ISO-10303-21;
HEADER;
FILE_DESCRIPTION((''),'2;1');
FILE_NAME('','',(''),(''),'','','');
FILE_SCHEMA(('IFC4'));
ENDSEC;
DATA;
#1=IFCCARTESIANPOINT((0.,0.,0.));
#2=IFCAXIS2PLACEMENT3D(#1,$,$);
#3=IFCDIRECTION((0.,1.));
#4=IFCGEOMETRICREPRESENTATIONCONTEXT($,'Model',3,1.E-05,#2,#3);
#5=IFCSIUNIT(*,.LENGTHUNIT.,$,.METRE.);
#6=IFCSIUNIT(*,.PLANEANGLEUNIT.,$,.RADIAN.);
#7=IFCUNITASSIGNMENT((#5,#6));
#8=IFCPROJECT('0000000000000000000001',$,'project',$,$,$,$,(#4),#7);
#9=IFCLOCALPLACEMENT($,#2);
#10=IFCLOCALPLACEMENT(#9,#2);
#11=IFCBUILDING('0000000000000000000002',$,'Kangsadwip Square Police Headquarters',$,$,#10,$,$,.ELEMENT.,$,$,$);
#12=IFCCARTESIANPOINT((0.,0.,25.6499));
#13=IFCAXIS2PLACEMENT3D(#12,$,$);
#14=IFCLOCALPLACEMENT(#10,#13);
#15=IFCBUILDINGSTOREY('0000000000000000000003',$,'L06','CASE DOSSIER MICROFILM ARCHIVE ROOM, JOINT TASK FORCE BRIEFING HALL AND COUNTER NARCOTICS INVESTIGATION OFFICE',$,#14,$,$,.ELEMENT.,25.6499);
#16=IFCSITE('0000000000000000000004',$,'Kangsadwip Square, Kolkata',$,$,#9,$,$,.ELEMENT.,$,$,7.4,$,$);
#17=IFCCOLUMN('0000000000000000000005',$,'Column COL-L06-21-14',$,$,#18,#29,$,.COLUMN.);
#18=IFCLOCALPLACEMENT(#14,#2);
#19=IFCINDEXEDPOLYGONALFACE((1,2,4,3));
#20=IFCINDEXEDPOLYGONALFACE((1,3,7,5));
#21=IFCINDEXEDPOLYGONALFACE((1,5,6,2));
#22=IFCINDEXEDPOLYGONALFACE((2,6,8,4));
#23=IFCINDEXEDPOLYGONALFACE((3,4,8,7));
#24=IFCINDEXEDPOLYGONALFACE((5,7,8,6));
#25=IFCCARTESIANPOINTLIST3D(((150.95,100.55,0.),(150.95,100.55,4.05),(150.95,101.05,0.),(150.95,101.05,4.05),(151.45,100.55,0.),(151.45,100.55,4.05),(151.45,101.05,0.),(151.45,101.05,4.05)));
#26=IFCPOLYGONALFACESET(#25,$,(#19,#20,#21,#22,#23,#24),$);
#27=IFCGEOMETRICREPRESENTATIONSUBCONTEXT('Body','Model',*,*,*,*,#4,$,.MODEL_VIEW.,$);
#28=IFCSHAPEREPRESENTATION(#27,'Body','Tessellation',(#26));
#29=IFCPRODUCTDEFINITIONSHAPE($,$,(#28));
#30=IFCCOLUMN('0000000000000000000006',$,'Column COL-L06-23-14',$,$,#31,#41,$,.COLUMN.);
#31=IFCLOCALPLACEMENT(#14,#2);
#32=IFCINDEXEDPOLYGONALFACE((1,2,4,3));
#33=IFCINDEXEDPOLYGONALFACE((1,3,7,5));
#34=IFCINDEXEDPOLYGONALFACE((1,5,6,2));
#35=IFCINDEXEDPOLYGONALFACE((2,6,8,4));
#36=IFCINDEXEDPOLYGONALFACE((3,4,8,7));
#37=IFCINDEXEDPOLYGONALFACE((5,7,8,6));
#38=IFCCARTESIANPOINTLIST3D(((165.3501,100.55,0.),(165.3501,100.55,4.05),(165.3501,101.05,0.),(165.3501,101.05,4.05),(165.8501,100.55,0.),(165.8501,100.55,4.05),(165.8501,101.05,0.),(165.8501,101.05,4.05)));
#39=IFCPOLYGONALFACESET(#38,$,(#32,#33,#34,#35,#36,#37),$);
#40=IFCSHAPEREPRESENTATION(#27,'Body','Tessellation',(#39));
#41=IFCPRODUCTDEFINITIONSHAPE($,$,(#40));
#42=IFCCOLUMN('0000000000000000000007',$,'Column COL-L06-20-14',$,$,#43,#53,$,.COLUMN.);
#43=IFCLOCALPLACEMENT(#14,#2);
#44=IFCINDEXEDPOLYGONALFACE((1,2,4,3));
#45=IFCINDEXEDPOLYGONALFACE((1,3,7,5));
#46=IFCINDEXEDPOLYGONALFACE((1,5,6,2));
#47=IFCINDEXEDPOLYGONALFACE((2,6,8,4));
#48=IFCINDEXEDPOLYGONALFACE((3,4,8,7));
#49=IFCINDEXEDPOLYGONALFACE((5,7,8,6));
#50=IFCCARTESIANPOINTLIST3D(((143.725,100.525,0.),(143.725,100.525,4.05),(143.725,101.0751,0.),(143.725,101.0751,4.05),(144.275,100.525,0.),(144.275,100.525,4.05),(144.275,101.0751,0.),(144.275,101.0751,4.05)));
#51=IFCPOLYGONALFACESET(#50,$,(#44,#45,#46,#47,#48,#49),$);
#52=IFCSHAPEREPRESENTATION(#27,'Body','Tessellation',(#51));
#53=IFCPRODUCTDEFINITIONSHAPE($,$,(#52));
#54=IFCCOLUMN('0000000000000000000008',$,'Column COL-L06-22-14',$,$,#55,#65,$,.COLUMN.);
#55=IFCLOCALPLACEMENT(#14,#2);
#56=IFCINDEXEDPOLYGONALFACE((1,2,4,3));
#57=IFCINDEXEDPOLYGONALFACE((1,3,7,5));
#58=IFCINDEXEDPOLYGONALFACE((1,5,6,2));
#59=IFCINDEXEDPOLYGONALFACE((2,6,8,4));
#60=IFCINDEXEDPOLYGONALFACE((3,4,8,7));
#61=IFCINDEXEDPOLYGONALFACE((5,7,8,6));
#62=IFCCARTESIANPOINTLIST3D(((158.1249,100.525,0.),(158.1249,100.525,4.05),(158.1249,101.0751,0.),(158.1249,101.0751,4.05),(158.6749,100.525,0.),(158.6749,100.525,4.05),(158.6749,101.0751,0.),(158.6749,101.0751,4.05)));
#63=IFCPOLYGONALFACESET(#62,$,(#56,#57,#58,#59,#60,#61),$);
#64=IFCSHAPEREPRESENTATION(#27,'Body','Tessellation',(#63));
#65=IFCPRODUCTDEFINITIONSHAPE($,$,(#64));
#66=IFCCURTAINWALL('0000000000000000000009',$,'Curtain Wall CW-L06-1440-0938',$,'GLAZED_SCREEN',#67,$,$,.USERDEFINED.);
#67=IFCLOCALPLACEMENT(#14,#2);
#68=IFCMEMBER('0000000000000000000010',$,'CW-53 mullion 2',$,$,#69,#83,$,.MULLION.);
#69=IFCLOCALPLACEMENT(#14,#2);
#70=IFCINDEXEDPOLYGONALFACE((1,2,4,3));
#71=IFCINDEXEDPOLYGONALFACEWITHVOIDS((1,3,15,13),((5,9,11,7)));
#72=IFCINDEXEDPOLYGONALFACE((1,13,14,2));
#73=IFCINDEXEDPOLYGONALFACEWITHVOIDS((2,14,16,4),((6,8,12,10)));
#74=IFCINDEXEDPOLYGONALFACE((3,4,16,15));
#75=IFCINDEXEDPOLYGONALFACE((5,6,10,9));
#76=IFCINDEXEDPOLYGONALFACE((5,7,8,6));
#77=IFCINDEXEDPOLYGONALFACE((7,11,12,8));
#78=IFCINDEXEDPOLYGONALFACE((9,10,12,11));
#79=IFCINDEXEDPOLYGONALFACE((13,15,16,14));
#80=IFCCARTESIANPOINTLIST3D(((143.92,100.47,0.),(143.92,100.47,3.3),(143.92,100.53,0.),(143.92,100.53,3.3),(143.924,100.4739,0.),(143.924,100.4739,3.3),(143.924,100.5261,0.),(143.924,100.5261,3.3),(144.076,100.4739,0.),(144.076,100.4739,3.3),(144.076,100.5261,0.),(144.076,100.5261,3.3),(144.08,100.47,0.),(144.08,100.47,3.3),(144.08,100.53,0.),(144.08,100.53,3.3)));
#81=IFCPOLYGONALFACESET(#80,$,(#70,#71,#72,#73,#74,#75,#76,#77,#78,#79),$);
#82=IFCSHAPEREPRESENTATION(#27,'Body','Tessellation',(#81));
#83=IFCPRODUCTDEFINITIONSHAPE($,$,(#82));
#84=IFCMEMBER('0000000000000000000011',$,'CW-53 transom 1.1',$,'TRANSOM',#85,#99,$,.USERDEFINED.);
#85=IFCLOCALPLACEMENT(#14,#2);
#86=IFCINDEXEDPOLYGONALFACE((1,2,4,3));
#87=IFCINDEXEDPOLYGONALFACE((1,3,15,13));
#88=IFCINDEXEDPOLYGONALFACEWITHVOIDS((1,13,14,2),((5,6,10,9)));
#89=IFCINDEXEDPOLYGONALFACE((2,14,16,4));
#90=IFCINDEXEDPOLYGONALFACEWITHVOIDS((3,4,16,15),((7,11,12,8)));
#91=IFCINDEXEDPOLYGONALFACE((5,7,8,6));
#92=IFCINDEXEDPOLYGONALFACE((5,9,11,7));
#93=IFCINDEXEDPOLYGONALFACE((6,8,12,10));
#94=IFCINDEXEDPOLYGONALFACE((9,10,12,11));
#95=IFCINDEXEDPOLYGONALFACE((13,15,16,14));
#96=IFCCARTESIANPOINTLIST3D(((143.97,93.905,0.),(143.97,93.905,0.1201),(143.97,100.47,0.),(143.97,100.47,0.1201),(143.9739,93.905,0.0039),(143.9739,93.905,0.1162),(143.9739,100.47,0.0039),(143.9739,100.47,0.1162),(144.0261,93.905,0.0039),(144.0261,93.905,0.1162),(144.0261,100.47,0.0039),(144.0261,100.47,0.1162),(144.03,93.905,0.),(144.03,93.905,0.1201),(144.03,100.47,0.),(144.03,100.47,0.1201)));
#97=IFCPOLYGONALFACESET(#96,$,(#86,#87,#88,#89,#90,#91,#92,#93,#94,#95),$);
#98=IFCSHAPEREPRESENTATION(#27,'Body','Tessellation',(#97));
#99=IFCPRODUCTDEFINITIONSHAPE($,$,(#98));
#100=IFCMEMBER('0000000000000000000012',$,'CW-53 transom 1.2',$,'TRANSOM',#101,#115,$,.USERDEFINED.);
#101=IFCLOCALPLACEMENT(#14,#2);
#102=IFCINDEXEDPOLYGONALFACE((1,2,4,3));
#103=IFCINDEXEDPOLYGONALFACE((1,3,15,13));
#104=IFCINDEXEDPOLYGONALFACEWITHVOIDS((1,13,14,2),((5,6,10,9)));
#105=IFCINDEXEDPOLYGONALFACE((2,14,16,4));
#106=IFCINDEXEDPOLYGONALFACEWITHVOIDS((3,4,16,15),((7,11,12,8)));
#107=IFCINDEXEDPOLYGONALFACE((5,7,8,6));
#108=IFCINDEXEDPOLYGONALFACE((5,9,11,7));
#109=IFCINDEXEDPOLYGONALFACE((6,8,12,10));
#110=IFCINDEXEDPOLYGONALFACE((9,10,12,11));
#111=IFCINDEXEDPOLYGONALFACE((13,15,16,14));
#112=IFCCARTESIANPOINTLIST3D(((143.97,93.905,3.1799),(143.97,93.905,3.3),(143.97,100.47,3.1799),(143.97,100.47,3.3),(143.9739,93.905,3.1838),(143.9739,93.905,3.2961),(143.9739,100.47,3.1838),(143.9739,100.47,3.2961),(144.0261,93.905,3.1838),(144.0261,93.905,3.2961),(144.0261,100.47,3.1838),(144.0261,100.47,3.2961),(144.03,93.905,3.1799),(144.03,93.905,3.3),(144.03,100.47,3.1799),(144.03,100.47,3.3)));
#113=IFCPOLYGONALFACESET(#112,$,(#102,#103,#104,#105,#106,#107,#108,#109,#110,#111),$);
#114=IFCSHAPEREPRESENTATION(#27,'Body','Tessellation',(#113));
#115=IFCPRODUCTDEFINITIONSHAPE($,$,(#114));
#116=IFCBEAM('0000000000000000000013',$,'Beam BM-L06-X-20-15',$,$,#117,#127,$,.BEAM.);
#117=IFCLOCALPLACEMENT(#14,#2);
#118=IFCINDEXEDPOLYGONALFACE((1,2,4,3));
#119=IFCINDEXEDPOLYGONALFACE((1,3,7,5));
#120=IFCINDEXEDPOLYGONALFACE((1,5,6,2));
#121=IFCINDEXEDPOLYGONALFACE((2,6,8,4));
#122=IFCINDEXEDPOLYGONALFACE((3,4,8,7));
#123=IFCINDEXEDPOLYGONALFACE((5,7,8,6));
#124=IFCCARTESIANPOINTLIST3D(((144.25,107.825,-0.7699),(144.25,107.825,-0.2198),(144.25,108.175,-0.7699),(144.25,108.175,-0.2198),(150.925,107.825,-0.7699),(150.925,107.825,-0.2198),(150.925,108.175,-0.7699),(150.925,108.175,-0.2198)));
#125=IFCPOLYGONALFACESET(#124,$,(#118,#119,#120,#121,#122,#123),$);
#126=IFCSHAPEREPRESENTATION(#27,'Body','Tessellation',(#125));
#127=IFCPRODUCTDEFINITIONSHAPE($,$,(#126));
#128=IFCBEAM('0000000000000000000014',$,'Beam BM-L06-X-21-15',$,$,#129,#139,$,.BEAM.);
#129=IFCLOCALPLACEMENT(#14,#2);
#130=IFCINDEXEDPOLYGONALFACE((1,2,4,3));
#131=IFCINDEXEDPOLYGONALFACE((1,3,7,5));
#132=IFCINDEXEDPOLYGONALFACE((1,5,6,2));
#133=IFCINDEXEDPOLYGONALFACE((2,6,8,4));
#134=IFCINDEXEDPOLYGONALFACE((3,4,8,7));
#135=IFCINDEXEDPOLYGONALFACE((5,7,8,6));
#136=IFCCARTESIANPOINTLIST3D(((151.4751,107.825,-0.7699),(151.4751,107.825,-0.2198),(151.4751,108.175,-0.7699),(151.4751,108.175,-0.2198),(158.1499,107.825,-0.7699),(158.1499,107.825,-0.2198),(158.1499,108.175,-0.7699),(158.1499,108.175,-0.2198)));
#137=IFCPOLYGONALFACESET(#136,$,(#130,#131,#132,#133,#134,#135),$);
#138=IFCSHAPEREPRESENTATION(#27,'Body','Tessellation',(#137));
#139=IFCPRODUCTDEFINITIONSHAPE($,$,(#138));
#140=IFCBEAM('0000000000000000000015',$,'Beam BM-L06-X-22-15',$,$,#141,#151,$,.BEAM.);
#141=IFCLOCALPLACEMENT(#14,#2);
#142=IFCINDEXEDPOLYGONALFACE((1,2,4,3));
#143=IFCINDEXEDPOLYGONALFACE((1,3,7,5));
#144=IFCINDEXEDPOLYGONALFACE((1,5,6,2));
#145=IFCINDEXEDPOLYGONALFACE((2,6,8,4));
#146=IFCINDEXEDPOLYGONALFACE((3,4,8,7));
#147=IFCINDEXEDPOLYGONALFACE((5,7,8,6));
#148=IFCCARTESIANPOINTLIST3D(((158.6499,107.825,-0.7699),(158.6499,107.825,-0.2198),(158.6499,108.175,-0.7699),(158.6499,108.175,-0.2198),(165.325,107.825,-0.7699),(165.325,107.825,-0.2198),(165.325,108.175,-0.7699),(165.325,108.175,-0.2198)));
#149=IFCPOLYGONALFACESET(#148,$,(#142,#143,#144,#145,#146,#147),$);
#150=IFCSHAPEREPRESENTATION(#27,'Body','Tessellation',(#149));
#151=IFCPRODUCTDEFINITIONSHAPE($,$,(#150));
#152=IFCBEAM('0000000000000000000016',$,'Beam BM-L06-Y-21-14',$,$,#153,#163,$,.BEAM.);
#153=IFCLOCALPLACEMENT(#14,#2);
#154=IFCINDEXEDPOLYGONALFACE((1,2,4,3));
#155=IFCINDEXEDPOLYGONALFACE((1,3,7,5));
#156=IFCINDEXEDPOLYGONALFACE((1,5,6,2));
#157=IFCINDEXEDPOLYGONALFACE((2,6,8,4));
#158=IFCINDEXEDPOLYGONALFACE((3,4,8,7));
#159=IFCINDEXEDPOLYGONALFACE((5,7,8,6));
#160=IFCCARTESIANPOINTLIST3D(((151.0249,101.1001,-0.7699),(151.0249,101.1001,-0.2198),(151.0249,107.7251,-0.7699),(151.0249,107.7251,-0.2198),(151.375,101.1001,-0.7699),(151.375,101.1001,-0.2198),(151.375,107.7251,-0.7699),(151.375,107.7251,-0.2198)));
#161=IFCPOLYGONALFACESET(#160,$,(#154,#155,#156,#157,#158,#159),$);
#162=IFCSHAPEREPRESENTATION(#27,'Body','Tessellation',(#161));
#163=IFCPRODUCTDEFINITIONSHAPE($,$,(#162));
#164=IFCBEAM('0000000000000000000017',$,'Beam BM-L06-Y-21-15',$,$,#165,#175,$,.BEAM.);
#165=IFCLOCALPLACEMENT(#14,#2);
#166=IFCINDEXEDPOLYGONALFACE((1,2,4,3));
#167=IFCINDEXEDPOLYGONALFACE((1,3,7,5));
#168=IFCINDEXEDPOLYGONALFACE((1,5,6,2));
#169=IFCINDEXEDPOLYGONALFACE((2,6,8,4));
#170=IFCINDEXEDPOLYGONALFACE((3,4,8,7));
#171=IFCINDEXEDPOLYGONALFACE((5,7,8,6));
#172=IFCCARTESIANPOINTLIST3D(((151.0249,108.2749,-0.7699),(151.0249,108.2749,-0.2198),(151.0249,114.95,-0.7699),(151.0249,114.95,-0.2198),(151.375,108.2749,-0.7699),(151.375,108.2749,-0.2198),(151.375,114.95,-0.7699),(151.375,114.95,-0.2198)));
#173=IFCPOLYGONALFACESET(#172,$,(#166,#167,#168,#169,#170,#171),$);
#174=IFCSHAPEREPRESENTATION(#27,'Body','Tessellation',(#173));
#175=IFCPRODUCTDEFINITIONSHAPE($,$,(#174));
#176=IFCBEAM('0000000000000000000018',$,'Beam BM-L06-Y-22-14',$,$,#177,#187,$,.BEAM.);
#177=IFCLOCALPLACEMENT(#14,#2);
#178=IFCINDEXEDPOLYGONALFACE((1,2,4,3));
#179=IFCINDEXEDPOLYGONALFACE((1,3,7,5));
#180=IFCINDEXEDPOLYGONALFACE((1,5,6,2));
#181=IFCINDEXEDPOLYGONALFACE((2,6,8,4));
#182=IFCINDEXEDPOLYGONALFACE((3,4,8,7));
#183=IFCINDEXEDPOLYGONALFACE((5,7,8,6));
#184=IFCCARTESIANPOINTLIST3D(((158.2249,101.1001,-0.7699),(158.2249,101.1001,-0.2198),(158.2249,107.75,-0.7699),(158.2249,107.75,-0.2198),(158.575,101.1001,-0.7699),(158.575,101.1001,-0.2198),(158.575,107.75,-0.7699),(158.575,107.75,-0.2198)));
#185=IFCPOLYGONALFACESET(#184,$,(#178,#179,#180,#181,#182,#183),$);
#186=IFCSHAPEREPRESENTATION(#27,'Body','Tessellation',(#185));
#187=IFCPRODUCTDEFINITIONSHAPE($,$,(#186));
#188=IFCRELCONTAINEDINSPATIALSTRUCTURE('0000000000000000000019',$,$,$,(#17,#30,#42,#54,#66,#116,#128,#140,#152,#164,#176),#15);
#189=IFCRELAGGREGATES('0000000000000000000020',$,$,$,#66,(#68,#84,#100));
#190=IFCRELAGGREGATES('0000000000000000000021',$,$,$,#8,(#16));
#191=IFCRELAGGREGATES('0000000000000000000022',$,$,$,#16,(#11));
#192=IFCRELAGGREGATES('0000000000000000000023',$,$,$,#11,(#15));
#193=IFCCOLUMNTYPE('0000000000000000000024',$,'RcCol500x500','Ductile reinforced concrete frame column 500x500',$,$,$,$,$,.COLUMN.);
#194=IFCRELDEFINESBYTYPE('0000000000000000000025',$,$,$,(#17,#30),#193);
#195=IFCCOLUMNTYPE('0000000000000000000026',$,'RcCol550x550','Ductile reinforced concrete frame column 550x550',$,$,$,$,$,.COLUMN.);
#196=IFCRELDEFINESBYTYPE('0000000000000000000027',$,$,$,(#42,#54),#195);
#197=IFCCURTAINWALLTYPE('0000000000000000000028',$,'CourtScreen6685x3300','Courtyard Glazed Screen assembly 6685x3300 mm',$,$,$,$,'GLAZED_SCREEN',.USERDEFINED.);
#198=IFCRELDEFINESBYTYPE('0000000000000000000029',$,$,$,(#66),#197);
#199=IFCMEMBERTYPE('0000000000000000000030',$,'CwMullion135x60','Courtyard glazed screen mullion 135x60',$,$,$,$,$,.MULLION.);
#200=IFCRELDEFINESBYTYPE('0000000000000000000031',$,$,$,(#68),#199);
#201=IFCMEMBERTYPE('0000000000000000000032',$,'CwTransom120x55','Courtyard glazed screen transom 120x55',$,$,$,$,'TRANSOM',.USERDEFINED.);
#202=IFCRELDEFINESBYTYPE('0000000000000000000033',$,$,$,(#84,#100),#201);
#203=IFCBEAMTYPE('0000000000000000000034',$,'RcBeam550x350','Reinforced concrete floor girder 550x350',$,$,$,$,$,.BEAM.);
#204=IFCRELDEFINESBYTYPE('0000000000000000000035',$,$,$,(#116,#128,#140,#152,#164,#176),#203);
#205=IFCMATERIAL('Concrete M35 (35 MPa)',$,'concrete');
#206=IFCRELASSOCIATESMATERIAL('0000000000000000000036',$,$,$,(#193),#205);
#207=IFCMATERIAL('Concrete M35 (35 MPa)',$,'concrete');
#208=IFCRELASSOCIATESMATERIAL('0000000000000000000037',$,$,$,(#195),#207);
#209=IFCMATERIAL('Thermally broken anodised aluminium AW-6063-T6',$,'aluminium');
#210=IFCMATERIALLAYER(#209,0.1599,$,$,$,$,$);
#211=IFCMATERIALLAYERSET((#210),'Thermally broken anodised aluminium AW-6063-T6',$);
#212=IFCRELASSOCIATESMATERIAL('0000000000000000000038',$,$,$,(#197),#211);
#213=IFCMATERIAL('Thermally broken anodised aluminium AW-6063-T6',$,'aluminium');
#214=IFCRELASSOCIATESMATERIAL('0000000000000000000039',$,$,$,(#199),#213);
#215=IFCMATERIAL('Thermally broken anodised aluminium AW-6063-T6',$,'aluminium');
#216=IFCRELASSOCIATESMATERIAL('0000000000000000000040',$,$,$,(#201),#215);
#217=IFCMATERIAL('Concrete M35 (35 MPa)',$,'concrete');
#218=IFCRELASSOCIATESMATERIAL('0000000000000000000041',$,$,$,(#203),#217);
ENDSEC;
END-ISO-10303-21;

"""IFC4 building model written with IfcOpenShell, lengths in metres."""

from ifc_helpers import new_model, si_unit, direction, frame, origin, origin_2d, place, context, subcontext, project, spatial, rectangle, hollow_rectangle, extrude, material, layer, layer_set, material_profile, profile_set, type_object, element, aggregate, save


model = new_model("IFC4")

# Units and contexts
model_context = context("Model", 3, precision=1e-05, world=origin(), true_north=direction((0.0, 1.0)))
body_context = subcontext(model_context, "Body", "Model", "MODEL_VIEW")
ifc_project = project(units=[si_unit("LENGTHUNIT", "METRE"), si_unit("PLANEANGLEUNIT", "RADIAN")], contexts=[model_context])

# Site, building, storey
site_placement = place(None, origin())
site = spatial("IfcSite", under=ifc_project, at=site_placement, Name="Kangsadwip Square, Kolkata", CompositionType="ELEMENT", RefElevation=7.4)
building_placement = place(site_placement, origin())
building = spatial("IfcBuilding", under=site, at=building_placement, Name="Kangsadwip Square Police Headquarters", CompositionType="ELEMENT")
storey_placement = place(building_placement, frame((0.0, 0.0, 25.6499)))
storey = spatial("IfcBuildingStorey", under=building, at=storey_placement, Name="L06", Description="CASE DOSSIER MICROFILM ARCHIVE ROOM, JOINT TASK FORCE BRIEFING HALL AND COUNTER NARCOTICS INVESTIGATION OFFICE", CompositionType="ELEMENT", Elevation=25.6499)

# Columns
ifc_material_1 = material(Name="Concrete M35 (35 MPa)", Category="concrete")
ifc_material_profile_1 = material_profile(ifc_material_1, rectangle(XDim=0.5, YDim=0.5, at=origin_2d()), Name="RC COL 500X500")
ifc_profile_set_1 = profile_set([ifc_material_profile_1], Name="Concrete M35 (35 MPa)")
column_type_1 = type_object("IfcColumnType", Name="RcCol500x500", Description="Ductile reinforced concrete frame column 500x500", PredefinedType="COLUMN", material=ifc_profile_set_1)
for number, where, z_axis, x_axis, name in (
    (1, (151.2, 100.8, 0.0), (0.0, 0.0, 1.0), (1.0, 0.0, 0.0), "Column COL-L06-21-14"),
    (2, (165.6001, 100.8, 0.0), (0.0, 0.0, 1.0), (1.0, 0.0, 0.0), "Column COL-L06-23-14"),
):
    element("IfcColumn", number, at=place(storey_placement, frame(where, z_axis=z_axis, x_axis=x_axis)), inside=storey, type_object=column_type_1, Name=name, PredefinedType="COLUMN", context=body_context, shape_type="SweptSolid", body=[
        extrude(rectangle(XDim=0.5, YDim=0.5, at=origin_2d()), origin(), (0.0, 0.0, 1.0), 4.05),
    ])
ifc_material_2 = material(Name="Concrete M35 (35 MPa)", Category="concrete")
ifc_material_profile_2 = material_profile(ifc_material_2, rectangle(XDim=0.55, YDim=0.55, at=origin_2d()), Name="RC COL 550X550")
ifc_profile_set_2 = profile_set([ifc_material_profile_2], Name="Concrete M35 (35 MPa)")
column_type_2 = type_object("IfcColumnType", Name="RcCol550x550", Description="Ductile reinforced concrete frame column 550x550", PredefinedType="COLUMN", material=ifc_profile_set_2)
for number, where, z_axis, x_axis, name in (
    (3, (144.0, 100.8, 0.0), (0.0, 0.0, 1.0), (1.0, 0.0, 0.0), "Column COL-L06-20-14"),
    (4, (158.3999, 100.8, 0.0), (0.0, 0.0, 1.0), (1.0, 0.0, 0.0), "Column COL-L06-22-14"),
):
    element("IfcColumn", number, at=place(storey_placement, frame(where, z_axis=z_axis, x_axis=x_axis)), inside=storey, type_object=column_type_2, Name=name, PredefinedType="COLUMN", context=body_context, shape_type="SweptSolid", body=[
        extrude(rectangle(XDim=0.55, YDim=0.55, at=origin_2d()), origin(), (0.0, 0.0, 1.0), 4.05),
    ])

# Curtain wall, members
ifc_material_3 = material(Name="Thermally broken anodised aluminium AW-6063-T6", Category="aluminium")
ifc_layer_1 = layer(ifc_material_3, 0.1599)
ifc_layer_set_1 = layer_set([ifc_layer_1], Name="Thermally broken anodised aluminium AW-6063-T6")
curtain_wall_type = type_object("IfcCurtainWallType", Name="CourtScreen6685x3300", Description="Courtyard Glazed Screen assembly 6685x3300 mm", ElementType="GLAZED_SCREEN", PredefinedType="USERDEFINED", material=ifc_layer_set_1)
curtain_wall_placement = place(storey_placement, origin())
curtain_wall = element("IfcCurtainWall", 5, at=curtain_wall_placement, inside=storey, type_object=curtain_wall_type, Name="Curtain Wall CW-L06-1440-0938", ObjectType="GLAZED_SCREEN", PredefinedType="USERDEFINED")
ifc_material_4 = material(Name="Thermally broken anodised aluminium AW-6063-T6", Category="aluminium")
ifc_material_profile_3 = material_profile(ifc_material_4, hollow_rectangle(XDim=0.0601, YDim=0.1599, WallThickness=0.0039, at=origin_2d()), Name="CWM 160X60X4")
ifc_profile_set_3 = profile_set([ifc_material_profile_3], Name="Thermally broken anodised aluminium AW-6063-T6")
member_type_1 = type_object("IfcMemberType", Name="CwMullion135x60", Description="Courtyard glazed screen mullion 135x60", PredefinedType="MULLION", material=ifc_profile_set_3)
member_1_placement = place(storey_placement, frame((144.0, 100.5, 0.0), z_axis=(0.0, 0.0, 1.0), x_axis=(0.0, 1.0, 0.0)))
member_1 = element("IfcMember", 6, at=member_1_placement, type_object=member_type_1, Name="CW-53 mullion 2", PredefinedType="MULLION", context=body_context, shape_type="SweptSolid", body=[
    extrude(hollow_rectangle(XDim=0.0601, YDim=0.1599, WallThickness=0.0039, at=origin_2d()), origin(), (0.0, 0.0, 1.0), 3.3),
])
ifc_material_5 = material(Name="Thermally broken anodised aluminium AW-6063-T6", Category="aluminium")
ifc_material_profile_4 = material_profile(ifc_material_5, hollow_rectangle(XDim=0.0601, YDim=0.1201, WallThickness=0.0039, at=origin_2d()), Name="CWT 120X60X4")
ifc_profile_set_4 = profile_set([ifc_material_profile_4], Name="Thermally broken anodised aluminium AW-6063-T6")
member_type_2 = type_object("IfcMemberType", Name="CwTransom120x55", Description="Courtyard glazed screen transom 120x55", ElementType="TRANSOM", PredefinedType="USERDEFINED", material=ifc_profile_set_4)
member_2_placement = place(storey_placement, frame((144.0, 93.905, 0.0601), z_axis=(0.0, 1.0, 0.0), x_axis=(-1.0, 0.0, 0.0)))
member_2 = element("IfcMember", 7, at=member_2_placement, type_object=member_type_2, Name="CW-53 transom 1.1", ObjectType="TRANSOM", PredefinedType="USERDEFINED", context=body_context, shape_type="SweptSolid", body=[
    extrude(hollow_rectangle(XDim=0.0601, YDim=0.1201, WallThickness=0.0039, at=origin_2d()), origin(), (0.0, 0.0, 1.0), 6.5649),
])
member_3_placement = place(storey_placement, frame((144.0, 93.905, 3.24), z_axis=(0.0, 1.0, 0.0), x_axis=(-1.0, 0.0, 0.0)))
member_3 = element("IfcMember", 8, at=member_3_placement, type_object=member_type_2, Name="CW-53 transom 1.2", ObjectType="TRANSOM", PredefinedType="USERDEFINED", context=body_context, shape_type="SweptSolid", body=[
    extrude(hollow_rectangle(XDim=0.0601, YDim=0.1201, WallThickness=0.0039, at=origin_2d()), origin(), (0.0, 0.0, 1.0), 6.5649),
])

# Beams
ifc_material_6 = material(Name="Concrete M35 (35 MPa)", Category="concrete")
ifc_material_profile_5 = material_profile(ifc_material_6, rectangle(XDim=0.3501, YDim=0.55, at=origin_2d()), Name="RC BM 550X350")
ifc_profile_set_5 = profile_set([ifc_material_profile_5], Name="Concrete M35 (35 MPa)")
beam_type_1 = type_object("IfcBeamType", Name="RcBeam550x350", Description="Reinforced concrete floor girder 550x350", PredefinedType="BEAM", material=ifc_profile_set_5)
beam_1_placement = place(storey_placement, frame((144.25, 108.0, -0.4949), z_axis=(1.0, 0.0, 0.0), x_axis=(0.0, 1.0, 0.0)))
element("IfcBeam", 9, at=beam_1_placement, inside=storey, type_object=beam_type_1, Name="Beam BM-L06-X-20-15", PredefinedType="BEAM", context=body_context, shape_type="SweptSolid", body=[
    extrude(rectangle(XDim=0.3501, YDim=0.55, at=origin_2d()), origin(), (0.0, 0.0, 1.0), 6.675),
])
beam_2_placement = place(storey_placement, frame((151.4751, 108.0, -0.4949), z_axis=(1.0, 0.0, 0.0), x_axis=(0.0, 1.0, 0.0)))
element("IfcBeam", 10, at=beam_2_placement, inside=storey, type_object=beam_type_1, Name="Beam BM-L06-X-21-15", PredefinedType="BEAM", context=body_context, shape_type="SweptSolid", body=[
    extrude(rectangle(XDim=0.3501, YDim=0.55, at=origin_2d()), origin(), (0.0, 0.0, 1.0), 6.6748),
])
beam_3_placement = place(storey_placement, frame((158.6499, 108.0, -0.4949), z_axis=(1.0, 0.0, 0.0), x_axis=(0.0, 1.0, 0.0)))
element("IfcBeam", 11, at=beam_3_placement, inside=storey, type_object=beam_type_1, Name="Beam BM-L06-X-22-15", PredefinedType="BEAM", context=body_context, shape_type="SweptSolid", body=[
    extrude(rectangle(XDim=0.3501, YDim=0.55, at=origin_2d()), origin(), (0.0, 0.0, 1.0), 6.675),
])
beam_4_placement = place(storey_placement, frame((151.2, 101.1001, -0.4949), z_axis=(0.0, 1.0, 0.0), x_axis=(-1.0, 0.0, 0.0)))
element("IfcBeam", 12, at=beam_4_placement, inside=storey, type_object=beam_type_1, Name="Beam BM-L06-Y-21-14", PredefinedType="BEAM", context=body_context, shape_type="SweptSolid", body=[
    extrude(rectangle(XDim=0.3501, YDim=0.55, at=origin_2d()), origin(), (0.0, 0.0, 1.0), 6.625),
])
beam_5_placement = place(storey_placement, frame((151.2, 108.2749, -0.4949), z_axis=(0.0, 1.0, 0.0), x_axis=(-1.0, 0.0, 0.0)))
element("IfcBeam", 13, at=beam_5_placement, inside=storey, type_object=beam_type_1, Name="Beam BM-L06-Y-21-15", PredefinedType="BEAM", context=body_context, shape_type="SweptSolid", body=[
    extrude(rectangle(XDim=0.3501, YDim=0.55, at=origin_2d()), origin(), (0.0, 0.0, 1.0), 6.675),
])
beam_6_placement = place(storey_placement, frame((158.3999, 101.1001, -0.4949), z_axis=(0.0, 1.0, 0.0), x_axis=(-1.0, 0.0, 0.0)))
element("IfcBeam", 14, at=beam_6_placement, inside=storey, type_object=beam_type_1, Name="Beam BM-L06-Y-22-14", PredefinedType="BEAM", context=body_context, shape_type="SweptSolid", body=[
    extrude(rectangle(XDim=0.3501, YDim=0.55, at=origin_2d()), origin(), (0.0, 0.0, 1.0), 6.6499),
])

aggregate(curtain_wall, [member_1, member_2, member_3])

save(model, "model.ifc")
